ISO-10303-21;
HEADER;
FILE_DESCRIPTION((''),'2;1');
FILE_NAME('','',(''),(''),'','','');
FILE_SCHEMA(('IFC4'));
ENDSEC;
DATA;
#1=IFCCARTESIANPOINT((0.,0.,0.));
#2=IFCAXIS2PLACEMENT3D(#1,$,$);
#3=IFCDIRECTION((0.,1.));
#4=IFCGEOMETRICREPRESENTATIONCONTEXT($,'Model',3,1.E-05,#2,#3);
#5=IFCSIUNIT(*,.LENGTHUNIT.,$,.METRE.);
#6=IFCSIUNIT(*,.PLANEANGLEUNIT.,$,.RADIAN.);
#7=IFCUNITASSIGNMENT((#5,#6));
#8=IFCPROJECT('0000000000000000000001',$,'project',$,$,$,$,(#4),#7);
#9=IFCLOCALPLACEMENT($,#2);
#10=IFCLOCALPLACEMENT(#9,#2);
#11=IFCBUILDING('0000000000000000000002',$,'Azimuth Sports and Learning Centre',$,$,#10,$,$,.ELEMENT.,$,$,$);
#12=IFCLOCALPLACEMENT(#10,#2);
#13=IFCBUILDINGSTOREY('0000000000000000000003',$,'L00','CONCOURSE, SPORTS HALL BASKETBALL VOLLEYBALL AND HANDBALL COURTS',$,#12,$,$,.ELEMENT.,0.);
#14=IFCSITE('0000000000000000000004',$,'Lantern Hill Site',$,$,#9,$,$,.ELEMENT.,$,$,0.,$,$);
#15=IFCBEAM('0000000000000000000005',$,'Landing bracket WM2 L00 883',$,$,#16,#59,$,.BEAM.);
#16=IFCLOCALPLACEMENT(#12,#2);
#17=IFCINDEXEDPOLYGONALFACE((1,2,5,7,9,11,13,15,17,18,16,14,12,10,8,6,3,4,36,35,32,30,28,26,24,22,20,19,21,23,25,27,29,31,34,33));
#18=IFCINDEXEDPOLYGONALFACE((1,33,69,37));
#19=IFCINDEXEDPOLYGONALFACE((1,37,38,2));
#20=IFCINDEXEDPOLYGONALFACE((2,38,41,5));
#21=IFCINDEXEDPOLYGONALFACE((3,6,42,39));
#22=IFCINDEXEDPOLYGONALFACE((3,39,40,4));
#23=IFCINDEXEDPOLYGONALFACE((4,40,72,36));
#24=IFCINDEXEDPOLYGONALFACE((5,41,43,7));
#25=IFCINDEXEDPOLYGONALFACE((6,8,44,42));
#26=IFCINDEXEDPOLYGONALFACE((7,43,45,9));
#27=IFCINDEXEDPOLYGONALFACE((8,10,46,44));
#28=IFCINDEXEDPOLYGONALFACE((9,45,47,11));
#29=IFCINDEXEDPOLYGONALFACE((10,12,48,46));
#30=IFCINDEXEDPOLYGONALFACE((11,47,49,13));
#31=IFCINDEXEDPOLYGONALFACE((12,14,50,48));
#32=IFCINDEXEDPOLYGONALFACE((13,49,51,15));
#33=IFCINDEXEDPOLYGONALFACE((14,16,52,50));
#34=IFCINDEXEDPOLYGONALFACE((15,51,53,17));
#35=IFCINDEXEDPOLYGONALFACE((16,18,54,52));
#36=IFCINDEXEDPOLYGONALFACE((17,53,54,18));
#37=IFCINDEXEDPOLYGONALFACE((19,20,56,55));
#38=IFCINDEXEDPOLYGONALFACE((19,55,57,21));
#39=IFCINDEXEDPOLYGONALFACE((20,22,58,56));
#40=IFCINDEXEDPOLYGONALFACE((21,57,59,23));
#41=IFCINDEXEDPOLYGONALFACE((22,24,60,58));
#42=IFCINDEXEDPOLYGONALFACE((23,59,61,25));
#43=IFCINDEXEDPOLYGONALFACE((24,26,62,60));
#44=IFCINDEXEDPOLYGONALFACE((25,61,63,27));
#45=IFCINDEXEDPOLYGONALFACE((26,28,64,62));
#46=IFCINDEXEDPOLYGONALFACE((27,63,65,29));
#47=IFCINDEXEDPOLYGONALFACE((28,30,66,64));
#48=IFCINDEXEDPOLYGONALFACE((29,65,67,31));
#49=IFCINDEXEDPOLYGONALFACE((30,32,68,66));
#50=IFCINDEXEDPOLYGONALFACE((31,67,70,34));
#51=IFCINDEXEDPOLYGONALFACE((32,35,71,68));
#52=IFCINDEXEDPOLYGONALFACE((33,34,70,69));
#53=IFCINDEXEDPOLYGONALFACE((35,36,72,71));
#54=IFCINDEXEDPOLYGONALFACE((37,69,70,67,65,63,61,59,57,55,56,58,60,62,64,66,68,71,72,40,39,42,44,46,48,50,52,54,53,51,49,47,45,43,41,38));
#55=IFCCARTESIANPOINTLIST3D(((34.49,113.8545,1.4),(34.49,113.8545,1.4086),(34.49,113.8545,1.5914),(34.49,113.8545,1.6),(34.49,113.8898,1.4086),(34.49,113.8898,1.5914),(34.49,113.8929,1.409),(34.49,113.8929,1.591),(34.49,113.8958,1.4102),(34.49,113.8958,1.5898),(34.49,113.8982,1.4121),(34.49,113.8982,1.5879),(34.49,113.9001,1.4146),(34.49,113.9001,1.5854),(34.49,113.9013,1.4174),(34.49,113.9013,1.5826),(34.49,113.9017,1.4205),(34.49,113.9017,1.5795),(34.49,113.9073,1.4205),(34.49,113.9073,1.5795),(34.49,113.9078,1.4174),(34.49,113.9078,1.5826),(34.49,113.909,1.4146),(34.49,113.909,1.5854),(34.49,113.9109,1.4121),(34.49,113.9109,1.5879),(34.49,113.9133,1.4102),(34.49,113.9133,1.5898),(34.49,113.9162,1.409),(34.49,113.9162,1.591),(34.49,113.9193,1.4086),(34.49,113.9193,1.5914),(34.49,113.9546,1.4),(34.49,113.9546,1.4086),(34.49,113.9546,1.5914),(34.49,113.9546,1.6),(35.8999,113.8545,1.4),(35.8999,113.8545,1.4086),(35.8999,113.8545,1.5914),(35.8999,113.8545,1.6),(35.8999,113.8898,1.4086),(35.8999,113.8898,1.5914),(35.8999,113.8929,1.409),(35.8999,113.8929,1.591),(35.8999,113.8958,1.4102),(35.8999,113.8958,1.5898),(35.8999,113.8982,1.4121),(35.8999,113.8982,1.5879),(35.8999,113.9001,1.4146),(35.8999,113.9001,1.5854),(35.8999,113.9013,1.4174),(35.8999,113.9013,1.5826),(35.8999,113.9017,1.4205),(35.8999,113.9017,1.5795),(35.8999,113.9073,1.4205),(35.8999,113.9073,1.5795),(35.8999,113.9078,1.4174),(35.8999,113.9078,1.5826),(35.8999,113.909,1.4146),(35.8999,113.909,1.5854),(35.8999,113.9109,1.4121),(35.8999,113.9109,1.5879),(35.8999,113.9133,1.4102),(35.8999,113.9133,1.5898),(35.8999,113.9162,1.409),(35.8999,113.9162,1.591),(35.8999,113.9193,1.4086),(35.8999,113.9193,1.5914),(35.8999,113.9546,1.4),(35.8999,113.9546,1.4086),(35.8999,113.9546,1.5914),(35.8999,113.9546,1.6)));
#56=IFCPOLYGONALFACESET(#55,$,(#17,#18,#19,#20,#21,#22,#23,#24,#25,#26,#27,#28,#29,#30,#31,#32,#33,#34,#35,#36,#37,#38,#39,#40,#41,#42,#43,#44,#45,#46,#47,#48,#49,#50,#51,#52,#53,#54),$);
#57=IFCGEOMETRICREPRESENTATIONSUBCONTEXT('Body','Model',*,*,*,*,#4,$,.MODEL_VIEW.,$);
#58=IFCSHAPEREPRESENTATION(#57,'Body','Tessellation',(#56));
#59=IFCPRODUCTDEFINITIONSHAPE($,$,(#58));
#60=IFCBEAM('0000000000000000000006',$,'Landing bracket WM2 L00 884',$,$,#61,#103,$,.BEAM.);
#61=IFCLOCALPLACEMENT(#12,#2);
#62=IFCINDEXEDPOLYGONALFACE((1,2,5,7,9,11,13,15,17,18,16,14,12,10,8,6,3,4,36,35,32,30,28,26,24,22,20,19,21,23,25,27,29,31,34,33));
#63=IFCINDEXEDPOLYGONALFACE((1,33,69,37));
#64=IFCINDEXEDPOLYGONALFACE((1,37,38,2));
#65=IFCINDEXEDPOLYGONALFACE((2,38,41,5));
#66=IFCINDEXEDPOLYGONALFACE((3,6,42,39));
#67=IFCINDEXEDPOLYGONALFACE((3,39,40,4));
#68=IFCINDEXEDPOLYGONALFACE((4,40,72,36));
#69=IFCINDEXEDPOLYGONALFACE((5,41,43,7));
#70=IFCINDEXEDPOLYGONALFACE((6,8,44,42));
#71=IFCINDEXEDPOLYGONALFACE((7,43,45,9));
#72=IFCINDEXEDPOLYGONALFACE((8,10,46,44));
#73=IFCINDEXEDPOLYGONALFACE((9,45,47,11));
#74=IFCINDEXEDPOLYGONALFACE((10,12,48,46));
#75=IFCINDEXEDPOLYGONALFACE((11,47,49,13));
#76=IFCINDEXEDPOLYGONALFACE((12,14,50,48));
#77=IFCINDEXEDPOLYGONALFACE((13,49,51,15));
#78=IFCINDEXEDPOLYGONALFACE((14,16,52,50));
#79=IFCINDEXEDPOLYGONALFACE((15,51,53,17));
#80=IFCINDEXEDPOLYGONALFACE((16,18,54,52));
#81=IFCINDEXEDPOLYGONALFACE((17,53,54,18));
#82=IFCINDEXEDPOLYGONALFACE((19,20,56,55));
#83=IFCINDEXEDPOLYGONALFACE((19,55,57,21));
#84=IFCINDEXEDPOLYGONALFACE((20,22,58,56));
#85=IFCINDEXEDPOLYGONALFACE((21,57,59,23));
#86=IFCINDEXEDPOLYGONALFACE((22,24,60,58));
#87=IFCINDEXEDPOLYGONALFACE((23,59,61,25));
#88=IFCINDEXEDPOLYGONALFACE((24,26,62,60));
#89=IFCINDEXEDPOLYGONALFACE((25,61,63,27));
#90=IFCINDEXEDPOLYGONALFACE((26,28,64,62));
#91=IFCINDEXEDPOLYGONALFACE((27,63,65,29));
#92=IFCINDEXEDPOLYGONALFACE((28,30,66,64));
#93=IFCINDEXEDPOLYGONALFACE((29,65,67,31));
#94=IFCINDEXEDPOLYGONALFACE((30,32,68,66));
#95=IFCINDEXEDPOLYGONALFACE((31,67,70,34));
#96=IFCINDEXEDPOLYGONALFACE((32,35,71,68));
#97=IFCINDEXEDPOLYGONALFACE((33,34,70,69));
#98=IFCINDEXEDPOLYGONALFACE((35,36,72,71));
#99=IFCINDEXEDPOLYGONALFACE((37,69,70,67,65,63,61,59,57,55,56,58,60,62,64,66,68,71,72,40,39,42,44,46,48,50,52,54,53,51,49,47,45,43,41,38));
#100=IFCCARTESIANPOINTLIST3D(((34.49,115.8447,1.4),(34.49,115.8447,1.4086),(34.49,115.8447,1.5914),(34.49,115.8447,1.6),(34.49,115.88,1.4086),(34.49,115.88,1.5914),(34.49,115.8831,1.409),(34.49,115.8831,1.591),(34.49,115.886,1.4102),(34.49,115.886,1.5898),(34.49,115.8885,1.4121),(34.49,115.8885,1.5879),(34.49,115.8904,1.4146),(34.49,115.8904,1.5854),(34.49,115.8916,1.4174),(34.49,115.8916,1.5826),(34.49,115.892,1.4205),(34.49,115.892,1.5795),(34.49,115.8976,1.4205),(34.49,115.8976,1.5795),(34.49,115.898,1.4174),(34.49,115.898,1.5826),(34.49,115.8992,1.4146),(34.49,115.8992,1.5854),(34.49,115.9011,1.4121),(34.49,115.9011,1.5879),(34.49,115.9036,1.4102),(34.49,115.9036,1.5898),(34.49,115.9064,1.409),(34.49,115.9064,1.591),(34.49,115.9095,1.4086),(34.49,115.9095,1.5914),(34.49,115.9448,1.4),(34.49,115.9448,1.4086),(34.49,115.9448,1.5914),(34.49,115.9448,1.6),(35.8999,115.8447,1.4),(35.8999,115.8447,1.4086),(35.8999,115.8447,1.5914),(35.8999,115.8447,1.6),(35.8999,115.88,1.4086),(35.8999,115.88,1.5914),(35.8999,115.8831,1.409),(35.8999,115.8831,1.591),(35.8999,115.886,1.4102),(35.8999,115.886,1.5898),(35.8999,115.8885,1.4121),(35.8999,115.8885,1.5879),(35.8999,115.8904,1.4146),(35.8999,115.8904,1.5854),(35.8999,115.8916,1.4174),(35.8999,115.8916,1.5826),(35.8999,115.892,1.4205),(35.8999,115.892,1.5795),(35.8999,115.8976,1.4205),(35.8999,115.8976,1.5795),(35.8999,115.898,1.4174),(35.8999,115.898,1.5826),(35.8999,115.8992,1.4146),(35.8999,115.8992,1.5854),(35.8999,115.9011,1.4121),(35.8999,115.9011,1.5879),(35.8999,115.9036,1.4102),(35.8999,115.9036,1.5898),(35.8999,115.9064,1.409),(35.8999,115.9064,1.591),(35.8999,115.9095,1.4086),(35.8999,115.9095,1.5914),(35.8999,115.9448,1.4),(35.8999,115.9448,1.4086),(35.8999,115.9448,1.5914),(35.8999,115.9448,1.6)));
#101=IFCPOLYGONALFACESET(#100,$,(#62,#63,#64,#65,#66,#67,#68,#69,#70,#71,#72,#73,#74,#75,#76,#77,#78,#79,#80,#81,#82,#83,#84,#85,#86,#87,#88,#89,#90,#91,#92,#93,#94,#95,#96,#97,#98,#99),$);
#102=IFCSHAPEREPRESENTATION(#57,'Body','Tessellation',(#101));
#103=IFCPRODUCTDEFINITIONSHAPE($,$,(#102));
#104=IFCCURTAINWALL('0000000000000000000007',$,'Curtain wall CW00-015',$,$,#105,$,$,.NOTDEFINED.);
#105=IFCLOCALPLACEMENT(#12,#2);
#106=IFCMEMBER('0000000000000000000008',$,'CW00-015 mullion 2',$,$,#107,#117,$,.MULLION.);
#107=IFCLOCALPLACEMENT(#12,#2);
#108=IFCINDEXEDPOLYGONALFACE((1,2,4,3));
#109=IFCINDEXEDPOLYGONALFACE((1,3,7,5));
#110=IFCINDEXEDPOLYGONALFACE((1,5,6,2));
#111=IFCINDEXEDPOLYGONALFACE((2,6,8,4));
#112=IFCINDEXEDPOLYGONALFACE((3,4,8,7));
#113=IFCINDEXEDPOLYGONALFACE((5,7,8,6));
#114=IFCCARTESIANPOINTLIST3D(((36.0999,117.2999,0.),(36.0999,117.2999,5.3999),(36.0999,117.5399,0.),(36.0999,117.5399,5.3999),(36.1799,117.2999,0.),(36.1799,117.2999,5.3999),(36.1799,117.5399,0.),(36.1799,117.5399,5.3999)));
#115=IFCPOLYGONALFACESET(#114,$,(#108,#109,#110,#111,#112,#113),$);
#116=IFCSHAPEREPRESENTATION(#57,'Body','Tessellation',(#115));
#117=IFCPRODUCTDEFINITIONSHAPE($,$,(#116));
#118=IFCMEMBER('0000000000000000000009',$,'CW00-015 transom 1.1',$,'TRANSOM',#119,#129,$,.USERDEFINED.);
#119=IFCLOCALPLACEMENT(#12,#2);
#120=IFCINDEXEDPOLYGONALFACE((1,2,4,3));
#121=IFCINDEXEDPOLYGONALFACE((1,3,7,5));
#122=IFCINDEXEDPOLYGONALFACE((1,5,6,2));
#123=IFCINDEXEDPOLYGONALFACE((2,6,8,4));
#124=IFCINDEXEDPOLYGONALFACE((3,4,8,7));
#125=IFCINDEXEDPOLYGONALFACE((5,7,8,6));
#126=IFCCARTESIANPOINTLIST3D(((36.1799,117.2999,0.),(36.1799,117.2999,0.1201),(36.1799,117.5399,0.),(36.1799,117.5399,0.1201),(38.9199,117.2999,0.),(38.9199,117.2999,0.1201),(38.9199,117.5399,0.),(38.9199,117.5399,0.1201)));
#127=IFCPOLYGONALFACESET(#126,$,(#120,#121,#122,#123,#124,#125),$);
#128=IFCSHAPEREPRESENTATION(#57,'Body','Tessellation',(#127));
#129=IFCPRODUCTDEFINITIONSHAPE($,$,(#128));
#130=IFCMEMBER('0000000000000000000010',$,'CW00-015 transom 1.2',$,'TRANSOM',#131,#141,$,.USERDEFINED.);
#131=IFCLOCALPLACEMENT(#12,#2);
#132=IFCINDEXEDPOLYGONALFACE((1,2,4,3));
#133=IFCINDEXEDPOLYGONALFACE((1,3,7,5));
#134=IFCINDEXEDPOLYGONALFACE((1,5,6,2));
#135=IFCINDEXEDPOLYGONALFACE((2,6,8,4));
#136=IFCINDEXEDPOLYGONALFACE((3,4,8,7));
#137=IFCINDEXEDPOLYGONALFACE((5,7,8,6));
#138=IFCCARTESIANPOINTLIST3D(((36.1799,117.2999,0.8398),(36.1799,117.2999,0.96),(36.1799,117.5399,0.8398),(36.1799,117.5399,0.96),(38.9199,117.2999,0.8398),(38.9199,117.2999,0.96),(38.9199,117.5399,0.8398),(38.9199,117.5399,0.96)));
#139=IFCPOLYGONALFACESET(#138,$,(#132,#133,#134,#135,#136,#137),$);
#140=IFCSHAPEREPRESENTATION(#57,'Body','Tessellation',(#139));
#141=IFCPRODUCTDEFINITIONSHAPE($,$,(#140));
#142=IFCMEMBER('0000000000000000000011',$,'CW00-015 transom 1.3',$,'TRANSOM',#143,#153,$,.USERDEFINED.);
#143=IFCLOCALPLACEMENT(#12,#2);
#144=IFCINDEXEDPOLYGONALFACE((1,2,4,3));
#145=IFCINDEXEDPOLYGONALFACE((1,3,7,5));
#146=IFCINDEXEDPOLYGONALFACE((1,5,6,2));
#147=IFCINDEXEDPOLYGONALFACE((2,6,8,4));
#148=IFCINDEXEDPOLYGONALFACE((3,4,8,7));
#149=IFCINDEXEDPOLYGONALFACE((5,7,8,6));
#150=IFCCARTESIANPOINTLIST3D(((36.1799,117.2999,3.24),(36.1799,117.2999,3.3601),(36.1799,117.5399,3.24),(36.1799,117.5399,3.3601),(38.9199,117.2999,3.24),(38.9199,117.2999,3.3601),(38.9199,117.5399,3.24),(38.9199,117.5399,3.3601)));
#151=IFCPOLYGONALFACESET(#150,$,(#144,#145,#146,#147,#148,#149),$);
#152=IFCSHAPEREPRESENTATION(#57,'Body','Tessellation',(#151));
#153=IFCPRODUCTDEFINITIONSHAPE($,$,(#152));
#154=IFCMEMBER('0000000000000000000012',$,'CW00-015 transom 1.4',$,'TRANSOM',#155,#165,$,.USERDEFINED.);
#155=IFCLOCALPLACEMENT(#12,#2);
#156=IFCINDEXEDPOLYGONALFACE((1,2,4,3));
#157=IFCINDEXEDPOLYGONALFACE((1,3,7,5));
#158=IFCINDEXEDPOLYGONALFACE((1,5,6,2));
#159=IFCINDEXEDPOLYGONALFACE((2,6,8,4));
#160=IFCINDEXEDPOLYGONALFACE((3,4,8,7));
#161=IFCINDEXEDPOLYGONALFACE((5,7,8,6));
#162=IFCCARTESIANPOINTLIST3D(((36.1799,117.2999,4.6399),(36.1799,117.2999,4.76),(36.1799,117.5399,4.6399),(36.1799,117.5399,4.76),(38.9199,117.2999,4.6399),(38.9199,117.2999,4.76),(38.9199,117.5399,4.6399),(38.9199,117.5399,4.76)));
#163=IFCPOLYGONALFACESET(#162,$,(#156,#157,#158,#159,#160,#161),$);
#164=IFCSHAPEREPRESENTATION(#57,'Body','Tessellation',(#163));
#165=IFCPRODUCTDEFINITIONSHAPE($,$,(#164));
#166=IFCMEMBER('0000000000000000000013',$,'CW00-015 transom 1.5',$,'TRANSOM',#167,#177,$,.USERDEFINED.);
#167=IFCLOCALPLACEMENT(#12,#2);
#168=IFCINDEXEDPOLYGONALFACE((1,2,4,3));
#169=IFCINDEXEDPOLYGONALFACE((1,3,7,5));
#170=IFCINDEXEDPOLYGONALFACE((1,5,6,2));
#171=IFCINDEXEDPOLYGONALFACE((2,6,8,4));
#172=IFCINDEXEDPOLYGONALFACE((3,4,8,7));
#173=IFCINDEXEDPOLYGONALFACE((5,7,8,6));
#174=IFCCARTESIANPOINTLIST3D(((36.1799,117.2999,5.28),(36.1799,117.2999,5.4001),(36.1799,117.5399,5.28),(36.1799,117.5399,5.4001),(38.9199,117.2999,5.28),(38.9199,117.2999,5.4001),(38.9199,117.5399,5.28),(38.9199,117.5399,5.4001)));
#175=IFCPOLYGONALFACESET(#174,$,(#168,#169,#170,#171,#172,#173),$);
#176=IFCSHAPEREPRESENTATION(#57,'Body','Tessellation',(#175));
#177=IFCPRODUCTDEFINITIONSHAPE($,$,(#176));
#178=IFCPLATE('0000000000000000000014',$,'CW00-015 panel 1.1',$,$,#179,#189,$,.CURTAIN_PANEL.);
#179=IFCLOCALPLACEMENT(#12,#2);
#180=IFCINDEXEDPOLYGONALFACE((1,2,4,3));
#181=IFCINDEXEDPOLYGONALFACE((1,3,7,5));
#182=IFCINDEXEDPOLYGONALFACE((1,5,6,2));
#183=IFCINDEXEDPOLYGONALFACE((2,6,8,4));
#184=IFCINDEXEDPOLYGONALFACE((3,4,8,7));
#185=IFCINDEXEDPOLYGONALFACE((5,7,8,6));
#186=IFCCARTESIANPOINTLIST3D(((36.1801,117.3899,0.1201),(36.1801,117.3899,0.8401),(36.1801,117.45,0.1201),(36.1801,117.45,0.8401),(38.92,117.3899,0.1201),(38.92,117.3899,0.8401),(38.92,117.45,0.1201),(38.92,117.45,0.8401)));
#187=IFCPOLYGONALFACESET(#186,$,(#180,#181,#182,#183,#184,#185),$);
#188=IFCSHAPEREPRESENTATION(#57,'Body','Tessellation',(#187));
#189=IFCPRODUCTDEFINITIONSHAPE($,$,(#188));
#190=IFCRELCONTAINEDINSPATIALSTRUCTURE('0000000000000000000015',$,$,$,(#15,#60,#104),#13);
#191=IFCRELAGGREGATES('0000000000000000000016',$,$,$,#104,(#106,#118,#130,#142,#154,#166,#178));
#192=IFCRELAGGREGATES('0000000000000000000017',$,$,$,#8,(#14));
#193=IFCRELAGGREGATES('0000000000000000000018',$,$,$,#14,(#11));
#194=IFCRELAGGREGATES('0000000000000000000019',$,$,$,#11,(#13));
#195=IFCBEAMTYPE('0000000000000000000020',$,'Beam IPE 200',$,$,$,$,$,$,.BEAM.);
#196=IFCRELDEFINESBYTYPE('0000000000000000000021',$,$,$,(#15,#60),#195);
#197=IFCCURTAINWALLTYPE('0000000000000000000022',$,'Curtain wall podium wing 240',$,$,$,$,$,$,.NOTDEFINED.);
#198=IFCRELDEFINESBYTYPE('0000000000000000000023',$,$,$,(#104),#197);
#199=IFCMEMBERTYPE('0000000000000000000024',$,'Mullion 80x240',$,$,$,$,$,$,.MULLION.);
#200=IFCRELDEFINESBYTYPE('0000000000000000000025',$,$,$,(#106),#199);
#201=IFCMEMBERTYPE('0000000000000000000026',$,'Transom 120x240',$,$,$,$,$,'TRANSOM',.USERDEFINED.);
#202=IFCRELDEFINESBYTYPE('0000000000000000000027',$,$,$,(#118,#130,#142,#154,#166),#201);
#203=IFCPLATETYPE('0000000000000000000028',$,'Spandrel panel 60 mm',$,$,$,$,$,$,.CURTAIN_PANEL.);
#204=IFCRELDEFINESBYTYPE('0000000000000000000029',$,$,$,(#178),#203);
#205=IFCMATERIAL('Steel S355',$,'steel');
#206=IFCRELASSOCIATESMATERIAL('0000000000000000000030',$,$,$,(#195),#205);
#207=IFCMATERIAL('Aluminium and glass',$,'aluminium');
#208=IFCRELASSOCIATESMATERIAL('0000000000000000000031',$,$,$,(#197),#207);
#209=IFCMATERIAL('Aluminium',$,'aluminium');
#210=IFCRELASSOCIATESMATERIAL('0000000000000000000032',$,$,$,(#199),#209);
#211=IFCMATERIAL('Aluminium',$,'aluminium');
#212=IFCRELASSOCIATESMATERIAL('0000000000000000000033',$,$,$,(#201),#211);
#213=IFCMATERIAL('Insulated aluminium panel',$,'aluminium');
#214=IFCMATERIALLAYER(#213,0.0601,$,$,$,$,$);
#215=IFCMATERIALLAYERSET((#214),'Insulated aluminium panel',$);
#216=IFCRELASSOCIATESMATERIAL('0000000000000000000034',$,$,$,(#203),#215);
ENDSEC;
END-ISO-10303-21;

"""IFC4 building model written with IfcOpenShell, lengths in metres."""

from ifc_helpers import new_model, si_unit, direction, frame, origin, origin_2d, place, context, subcontext, project, spatial, rectangle, i_section, extrude, material, layer, layer_set, material_profile, profile_set, type_object, element, aggregate, save


model = new_model("IFC4")

# Units and contexts
model_context = context("Model", 3, precision=1e-05, world=origin(), true_north=direction((0.0, 1.0)))
body_context = subcontext(model_context, "Body", "Model", "MODEL_VIEW")
ifc_project = project(units=[si_unit("LENGTHUNIT", "METRE"), si_unit("PLANEANGLEUNIT", "RADIAN")], contexts=[model_context])

# Site, building, storey
site_placement = place(None, origin())
site = spatial("IfcSite", under=ifc_project, at=site_placement, Name="Lantern Hill Site", CompositionType="ELEMENT", RefElevation=0.0)
building_placement = place(site_placement, origin())
building = spatial("IfcBuilding", under=site, at=building_placement, Name="Azimuth Sports and Learning Centre", CompositionType="ELEMENT")
storey_placement = place(building_placement, origin())
storey = spatial("IfcBuildingStorey", under=building, at=storey_placement, Name="L00", Description="CONCOURSE, SPORTS HALL BASKETBALL VOLLEYBALL AND HANDBALL COURTS", CompositionType="ELEMENT", Elevation=0.0)

# Beams
ifc_material_1 = material(Name="Steel S355", Category="steel")
ifc_material_profile_1 = material_profile(ifc_material_1, i_section(OverallWidth=0.1001, OverallDepth=0.2, WebThickness=0.0056, FlangeThickness=0.0085, FilletRadius=0.012, at=origin_2d()), Name="IPE 200")
ifc_profile_set_1 = profile_set([ifc_material_profile_1], Name="Steel S355")
beam_type = type_object("IfcBeamType", Name="Beam IPE 200", PredefinedType="BEAM", material=ifc_profile_set_1)
for number, where, z_axis, x_axis, name in (
    (1, (35.8999, 113.9045, 1.5), (-1.0, 0.0, 0.0), (0.0, -1.0, 0.0), "Landing bracket WM2 L00 883"),
    (2, (35.8999, 115.8948, 1.5), (-1.0, 0.0, 0.0), (0.0, -1.0, 0.0), "Landing bracket WM2 L00 884"),
):
    element("IfcBeam", number, at=place(storey_placement, frame(where, z_axis=z_axis, x_axis=x_axis)), inside=storey, type_object=beam_type, Name=name, PredefinedType="BEAM", context=body_context, shape_type="SweptSolid", body=[
        extrude(i_section(OverallWidth=0.1001, OverallDepth=0.2, WebThickness=0.0056, FlangeThickness=0.0085, FilletRadius=0.012, at=origin_2d()), origin(), (0.0, 0.0, 1.0), 1.4099),
    ])

# Curtain wall, members, plate
ifc_material_2 = material(Name="Aluminium and glass", Category="aluminium")
curtain_wall_type = type_object("IfcCurtainWallType", Name="Curtain wall podium wing 240", PredefinedType="NOTDEFINED", material=ifc_material_2)
curtain_wall_placement = place(storey_placement, origin())
curtain_wall = element("IfcCurtainWall", 3, at=curtain_wall_placement, inside=storey, type_object=curtain_wall_type, Name="Curtain wall CW00-015", PredefinedType="NOTDEFINED")
ifc_material_3 = material(Name="Aluminium", Category="aluminium")
ifc_material_profile_2 = material_profile(ifc_material_3, rectangle(XDim=0.24, YDim=0.0801, at=origin_2d()), Name="Mullion 80x240")
ifc_profile_set_2 = profile_set([ifc_material_profile_2], Name="Aluminium")
member_type_1 = type_object("IfcMemberType", Name="Mullion 80x240", PredefinedType="MULLION", material=ifc_profile_set_2)
member_1_placement = place(storey_placement, frame((36.1399, 117.4199, 0.0), z_axis=(0.0, 0.0, 1.0), x_axis=(0.0, -1.0, 0.0)))
member_1 = element("IfcMember", 4, at=member_1_placement, type_object=member_type_1, Name="CW00-015 mullion 2", PredefinedType="MULLION", context=body_context, shape_type="SweptSolid", body=[
    extrude(rectangle(XDim=0.24, YDim=0.0801, at=origin_2d()), origin(), (0.0, 0.0, 1.0), 5.3999),
])
ifc_material_4 = material(Name="Aluminium", Category="aluminium")
ifc_material_profile_3 = material_profile(ifc_material_4, rectangle(XDim=0.24, YDim=0.1201, at=origin_2d()), Name="Transom 120x240")
ifc_profile_set_3 = profile_set([ifc_material_profile_3], Name="Aluminium")
member_type_2 = type_object("IfcMemberType", Name="Transom 120x240", ElementType="TRANSOM", PredefinedType="USERDEFINED", material=ifc_profile_set_3)
member_2_placement = place(storey_placement, frame((38.9199, 117.4199, 0.0601), z_axis=(-1.0, 0.0, 0.0), x_axis=(0.0, -1.0, 0.0)))
member_2 = element("IfcMember", 5, at=member_2_placement, type_object=member_type_2, Name="CW00-015 transom 1.1", ObjectType="TRANSOM", PredefinedType="USERDEFINED", context=body_context, shape_type="SweptSolid", body=[
    extrude(rectangle(XDim=0.24, YDim=0.1201, at=origin_2d()), origin(), (0.0, 0.0, 1.0), 2.74),
])
member_3_placement = place(storey_placement, frame((38.9199, 117.4199, 0.8999), z_axis=(-1.0, 0.0, 0.0), x_axis=(0.0, -1.0, 0.0)))
member_3 = element("IfcMember", 6, at=member_3_placement, type_object=member_type_2, Name="CW00-015 transom 1.2", ObjectType="TRANSOM", PredefinedType="USERDEFINED", context=body_context, shape_type="SweptSolid", body=[
    extrude(rectangle(XDim=0.24, YDim=0.1201, at=origin_2d()), origin(), (0.0, 0.0, 1.0), 2.74),
])
member_4_placement = place(storey_placement, frame((38.9199, 117.4199, 3.3), z_axis=(-1.0, 0.0, 0.0), x_axis=(0.0, -1.0, 0.0)))
member_4 = element("IfcMember", 7, at=member_4_placement, type_object=member_type_2, Name="CW00-015 transom 1.3", ObjectType="TRANSOM", PredefinedType="USERDEFINED", context=body_context, shape_type="SweptSolid", body=[
    extrude(rectangle(XDim=0.24, YDim=0.1201, at=origin_2d()), origin(), (0.0, 0.0, 1.0), 2.74),
])
member_5_placement = place(storey_placement, frame((38.9199, 117.4199, 4.7), z_axis=(-1.0, 0.0, 0.0), x_axis=(0.0, -1.0, 0.0)))
member_5 = element("IfcMember", 8, at=member_5_placement, type_object=member_type_2, Name="CW00-015 transom 1.4", ObjectType="TRANSOM", PredefinedType="USERDEFINED", context=body_context, shape_type="SweptSolid", body=[
    extrude(rectangle(XDim=0.24, YDim=0.1201, at=origin_2d()), origin(), (0.0, 0.0, 1.0), 2.74),
])
member_6_placement = place(storey_placement, frame((38.9199, 117.4199, 5.3401), z_axis=(-1.0, 0.0, 0.0), x_axis=(0.0, -1.0, 0.0)))
member_6 = element("IfcMember", 9, at=member_6_placement, type_object=member_type_2, Name="CW00-015 transom 1.5", ObjectType="TRANSOM", PredefinedType="USERDEFINED", context=body_context, shape_type="SweptSolid", body=[
    extrude(rectangle(XDim=0.24, YDim=0.1201, at=origin_2d()), origin(), (0.0, 0.0, 1.0), 2.74),
])
ifc_material_5 = material(Name="Insulated aluminium panel", Category="aluminium")
ifc_layer_1 = layer(ifc_material_5, 0.0601)
ifc_layer_set_1 = layer_set([ifc_layer_1], Name="Insulated aluminium panel")
plate_type_1 = type_object("IfcPlateType", Name="Spandrel panel 60 mm", PredefinedType="CURTAIN_PANEL", material=ifc_layer_set_1)
plate_1_placement = place(storey_placement, frame((37.55, 117.4199, 0.1201), z_axis=(0.0, 0.0, 1.0), x_axis=(-1.0, 0.0, 0.0)))
plate_1 = element("IfcPlate", 10, at=plate_1_placement, type_object=plate_type_1, Name="CW00-015 panel 1.1", PredefinedType="CURTAIN_PANEL", context=body_context, shape_type="SweptSolid", body=[
    extrude(rectangle(XDim=2.74, YDim=0.0601, at=origin_2d()), origin(), (0.0, 0.0, 1.0), 0.72),
])
aggregate(curtain_wall, [member_1, member_2, member_3, member_4, member_5, member_6, plate_1])

save(model, "model.ifc")
